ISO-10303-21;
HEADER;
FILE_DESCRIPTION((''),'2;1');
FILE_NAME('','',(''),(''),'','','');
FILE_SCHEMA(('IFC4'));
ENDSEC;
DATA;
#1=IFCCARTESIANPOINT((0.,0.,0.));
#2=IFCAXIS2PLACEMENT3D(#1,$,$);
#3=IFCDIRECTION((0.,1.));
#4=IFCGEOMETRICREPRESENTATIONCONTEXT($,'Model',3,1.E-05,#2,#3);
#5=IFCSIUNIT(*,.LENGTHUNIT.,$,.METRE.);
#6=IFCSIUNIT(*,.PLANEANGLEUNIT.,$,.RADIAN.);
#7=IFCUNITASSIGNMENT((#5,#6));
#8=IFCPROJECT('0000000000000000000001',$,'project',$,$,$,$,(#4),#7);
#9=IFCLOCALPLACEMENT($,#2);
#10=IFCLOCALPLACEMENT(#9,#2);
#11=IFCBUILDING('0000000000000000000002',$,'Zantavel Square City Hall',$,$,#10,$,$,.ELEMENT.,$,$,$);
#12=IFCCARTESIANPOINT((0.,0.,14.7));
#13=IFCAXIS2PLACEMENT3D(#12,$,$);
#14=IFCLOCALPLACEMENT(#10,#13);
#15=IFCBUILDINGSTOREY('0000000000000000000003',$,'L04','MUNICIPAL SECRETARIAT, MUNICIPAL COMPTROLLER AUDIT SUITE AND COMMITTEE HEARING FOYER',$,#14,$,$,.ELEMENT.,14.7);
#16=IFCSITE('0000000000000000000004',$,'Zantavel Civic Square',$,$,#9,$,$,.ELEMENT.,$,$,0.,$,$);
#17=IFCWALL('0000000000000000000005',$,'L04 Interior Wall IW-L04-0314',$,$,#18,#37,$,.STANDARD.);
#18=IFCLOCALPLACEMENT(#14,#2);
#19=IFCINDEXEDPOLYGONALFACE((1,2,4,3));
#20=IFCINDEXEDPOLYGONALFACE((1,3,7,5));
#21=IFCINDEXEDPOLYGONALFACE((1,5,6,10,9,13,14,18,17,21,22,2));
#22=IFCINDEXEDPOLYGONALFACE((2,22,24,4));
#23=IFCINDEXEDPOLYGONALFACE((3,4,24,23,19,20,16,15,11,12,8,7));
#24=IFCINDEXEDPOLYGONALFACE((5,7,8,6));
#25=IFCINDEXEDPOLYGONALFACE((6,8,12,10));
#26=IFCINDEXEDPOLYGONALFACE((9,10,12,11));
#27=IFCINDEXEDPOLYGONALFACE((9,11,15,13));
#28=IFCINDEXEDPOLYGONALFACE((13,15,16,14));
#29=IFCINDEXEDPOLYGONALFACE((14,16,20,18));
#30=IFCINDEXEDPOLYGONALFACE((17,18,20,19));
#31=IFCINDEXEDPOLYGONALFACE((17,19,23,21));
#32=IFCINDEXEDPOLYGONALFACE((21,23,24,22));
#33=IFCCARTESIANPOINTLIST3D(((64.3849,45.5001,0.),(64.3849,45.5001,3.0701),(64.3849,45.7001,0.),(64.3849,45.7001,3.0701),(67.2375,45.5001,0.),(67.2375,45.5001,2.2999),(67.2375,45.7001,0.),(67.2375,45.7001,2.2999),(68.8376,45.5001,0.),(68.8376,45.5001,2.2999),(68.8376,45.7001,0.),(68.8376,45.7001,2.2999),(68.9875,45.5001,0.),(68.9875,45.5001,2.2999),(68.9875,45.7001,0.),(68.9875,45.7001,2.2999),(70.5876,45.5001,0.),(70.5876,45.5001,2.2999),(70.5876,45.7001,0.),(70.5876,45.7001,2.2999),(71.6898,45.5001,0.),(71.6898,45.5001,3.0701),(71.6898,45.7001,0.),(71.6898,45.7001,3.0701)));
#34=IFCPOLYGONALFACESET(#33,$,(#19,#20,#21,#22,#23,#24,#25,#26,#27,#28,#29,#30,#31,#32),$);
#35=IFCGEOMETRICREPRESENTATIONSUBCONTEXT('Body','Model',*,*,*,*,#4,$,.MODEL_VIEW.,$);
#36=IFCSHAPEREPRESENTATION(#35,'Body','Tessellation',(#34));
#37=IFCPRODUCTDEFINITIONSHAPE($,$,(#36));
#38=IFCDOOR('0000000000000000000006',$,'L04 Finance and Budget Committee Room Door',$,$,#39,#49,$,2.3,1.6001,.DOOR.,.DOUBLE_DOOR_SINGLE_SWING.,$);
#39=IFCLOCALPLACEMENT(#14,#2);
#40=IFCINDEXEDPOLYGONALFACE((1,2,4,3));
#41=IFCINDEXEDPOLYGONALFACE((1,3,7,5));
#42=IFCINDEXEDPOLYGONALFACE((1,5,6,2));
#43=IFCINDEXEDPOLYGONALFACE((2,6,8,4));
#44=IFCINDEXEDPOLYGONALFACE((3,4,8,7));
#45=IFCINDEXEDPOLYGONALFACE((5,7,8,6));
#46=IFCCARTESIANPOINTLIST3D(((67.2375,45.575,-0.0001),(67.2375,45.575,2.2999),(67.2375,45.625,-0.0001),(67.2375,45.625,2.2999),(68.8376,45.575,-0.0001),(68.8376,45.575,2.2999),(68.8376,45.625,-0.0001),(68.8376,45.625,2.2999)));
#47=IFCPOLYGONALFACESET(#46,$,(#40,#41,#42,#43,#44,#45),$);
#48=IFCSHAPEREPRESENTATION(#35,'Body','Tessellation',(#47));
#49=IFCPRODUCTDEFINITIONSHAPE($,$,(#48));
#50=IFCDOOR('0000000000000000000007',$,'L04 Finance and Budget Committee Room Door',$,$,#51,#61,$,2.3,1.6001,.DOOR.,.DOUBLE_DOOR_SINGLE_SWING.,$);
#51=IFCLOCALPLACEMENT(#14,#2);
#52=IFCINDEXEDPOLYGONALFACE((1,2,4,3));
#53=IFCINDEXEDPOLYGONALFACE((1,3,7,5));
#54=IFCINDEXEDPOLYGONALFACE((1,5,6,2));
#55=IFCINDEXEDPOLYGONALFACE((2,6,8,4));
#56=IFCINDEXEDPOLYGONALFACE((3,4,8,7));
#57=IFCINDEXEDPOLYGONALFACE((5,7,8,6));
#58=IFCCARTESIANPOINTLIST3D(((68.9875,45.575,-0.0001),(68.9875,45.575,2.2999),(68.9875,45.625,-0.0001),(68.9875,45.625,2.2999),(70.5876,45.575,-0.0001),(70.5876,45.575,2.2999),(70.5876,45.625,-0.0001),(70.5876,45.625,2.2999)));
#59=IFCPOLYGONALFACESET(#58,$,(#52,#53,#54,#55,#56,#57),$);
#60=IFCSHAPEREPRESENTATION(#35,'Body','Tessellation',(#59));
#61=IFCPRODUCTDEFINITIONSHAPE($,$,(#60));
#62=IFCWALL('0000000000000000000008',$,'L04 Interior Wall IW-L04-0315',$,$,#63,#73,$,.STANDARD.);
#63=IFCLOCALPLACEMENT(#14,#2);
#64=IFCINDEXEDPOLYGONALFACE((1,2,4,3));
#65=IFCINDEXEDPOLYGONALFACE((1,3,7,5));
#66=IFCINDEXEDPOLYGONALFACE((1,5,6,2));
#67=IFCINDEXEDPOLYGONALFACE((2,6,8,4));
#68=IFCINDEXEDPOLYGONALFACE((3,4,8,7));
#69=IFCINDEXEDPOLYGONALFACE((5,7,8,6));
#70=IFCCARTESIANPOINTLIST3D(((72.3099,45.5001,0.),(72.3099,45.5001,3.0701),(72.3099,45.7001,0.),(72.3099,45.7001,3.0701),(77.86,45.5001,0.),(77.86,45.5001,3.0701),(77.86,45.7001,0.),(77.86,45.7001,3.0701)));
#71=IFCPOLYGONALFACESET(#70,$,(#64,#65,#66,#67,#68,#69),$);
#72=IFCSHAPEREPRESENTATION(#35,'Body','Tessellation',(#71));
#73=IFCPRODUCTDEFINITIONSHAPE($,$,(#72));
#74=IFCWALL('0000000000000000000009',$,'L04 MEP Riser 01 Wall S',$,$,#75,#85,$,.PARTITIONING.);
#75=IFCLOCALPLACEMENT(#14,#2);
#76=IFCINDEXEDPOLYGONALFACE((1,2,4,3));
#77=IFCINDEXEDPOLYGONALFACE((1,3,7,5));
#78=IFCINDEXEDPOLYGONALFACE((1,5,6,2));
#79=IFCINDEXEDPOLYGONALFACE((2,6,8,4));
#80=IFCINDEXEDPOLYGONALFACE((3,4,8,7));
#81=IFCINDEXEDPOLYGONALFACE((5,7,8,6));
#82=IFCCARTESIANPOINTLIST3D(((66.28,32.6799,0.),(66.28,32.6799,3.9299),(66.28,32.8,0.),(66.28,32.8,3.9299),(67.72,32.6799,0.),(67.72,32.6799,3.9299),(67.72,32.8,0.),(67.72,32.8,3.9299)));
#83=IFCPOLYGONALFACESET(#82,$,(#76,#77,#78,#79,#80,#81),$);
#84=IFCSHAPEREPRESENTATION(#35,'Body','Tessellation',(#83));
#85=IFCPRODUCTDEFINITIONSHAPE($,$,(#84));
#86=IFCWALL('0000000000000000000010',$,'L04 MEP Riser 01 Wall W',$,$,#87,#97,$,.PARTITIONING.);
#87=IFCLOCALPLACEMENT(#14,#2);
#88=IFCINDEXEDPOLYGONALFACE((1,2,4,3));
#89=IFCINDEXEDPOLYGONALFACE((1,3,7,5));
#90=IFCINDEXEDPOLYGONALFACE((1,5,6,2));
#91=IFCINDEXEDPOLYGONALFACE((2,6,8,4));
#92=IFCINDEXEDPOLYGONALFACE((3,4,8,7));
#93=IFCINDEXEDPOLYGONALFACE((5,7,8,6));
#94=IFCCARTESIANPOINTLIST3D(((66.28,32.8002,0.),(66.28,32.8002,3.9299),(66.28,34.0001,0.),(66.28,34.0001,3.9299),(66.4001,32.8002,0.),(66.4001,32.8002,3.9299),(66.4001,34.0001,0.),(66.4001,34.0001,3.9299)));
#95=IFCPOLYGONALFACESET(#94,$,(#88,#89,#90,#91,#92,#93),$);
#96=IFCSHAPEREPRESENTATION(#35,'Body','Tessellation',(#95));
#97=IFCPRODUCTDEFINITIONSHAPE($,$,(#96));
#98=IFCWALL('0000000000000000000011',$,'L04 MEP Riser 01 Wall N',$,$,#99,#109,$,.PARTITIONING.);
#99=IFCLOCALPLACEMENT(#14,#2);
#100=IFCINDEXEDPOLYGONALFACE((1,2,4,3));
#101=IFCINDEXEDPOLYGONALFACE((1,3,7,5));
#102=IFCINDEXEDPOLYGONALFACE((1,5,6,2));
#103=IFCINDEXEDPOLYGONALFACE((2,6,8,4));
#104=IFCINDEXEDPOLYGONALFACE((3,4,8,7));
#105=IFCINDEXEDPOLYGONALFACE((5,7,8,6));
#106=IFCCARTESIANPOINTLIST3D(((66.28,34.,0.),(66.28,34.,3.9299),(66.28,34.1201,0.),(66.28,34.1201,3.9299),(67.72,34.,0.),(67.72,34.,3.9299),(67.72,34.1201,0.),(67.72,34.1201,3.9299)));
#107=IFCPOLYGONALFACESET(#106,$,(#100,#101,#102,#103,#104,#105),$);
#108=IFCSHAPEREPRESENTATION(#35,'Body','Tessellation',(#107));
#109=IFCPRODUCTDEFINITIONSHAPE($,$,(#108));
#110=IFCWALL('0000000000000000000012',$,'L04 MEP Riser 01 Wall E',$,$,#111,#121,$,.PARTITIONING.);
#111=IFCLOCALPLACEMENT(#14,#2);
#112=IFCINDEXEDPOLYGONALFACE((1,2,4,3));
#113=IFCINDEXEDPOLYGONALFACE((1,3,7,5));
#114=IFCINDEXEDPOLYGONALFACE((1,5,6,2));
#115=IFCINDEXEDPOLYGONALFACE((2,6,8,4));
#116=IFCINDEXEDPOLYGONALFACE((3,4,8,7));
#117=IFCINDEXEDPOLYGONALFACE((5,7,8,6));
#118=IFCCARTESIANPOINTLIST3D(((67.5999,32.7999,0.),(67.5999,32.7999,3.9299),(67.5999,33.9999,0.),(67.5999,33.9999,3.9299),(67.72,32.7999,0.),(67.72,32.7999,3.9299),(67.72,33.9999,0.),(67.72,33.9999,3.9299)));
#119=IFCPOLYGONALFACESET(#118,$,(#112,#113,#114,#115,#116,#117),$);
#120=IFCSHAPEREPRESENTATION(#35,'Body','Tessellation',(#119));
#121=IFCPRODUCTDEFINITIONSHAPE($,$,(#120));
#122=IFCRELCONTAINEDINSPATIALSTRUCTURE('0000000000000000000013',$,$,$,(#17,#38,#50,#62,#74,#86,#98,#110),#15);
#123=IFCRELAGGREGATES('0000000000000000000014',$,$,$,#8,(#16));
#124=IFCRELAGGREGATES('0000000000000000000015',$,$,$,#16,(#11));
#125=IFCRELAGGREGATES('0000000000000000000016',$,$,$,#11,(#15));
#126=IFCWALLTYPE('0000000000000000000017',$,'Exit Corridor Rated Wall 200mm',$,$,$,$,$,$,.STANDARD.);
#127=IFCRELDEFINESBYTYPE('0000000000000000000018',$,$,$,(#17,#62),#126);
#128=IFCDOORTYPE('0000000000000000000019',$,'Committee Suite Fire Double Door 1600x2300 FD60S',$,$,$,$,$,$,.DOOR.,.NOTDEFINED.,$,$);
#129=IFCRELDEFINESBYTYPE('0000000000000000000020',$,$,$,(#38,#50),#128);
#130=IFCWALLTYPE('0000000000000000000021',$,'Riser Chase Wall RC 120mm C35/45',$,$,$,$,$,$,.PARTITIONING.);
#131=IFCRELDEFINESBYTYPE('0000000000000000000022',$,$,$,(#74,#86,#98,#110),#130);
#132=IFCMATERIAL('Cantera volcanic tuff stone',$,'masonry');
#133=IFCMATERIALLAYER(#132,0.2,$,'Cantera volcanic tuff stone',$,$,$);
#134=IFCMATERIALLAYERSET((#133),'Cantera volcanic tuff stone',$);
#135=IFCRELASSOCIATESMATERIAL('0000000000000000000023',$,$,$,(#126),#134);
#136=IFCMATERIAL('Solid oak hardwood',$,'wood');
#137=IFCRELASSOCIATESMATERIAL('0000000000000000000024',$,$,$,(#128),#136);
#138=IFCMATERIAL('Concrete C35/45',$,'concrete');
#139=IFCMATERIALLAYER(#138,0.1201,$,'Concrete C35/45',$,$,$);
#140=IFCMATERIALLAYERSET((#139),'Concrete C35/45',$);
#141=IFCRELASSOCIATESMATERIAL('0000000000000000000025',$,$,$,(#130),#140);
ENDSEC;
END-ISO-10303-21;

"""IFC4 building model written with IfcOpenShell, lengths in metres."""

from ifc_helpers import new_model, si_unit, direction, frame, frame_2d, origin, place, context, subcontext, project, spatial, rectangle, extrude, material, layer, layer_set, type_object, element, fill, save


model = new_model("IFC4")

# Units and contexts
model_context = context("Model", 3, precision=1e-05, world=origin(), true_north=direction((0.0, 1.0)))
body_context = subcontext(model_context, "Body", "Model", "MODEL_VIEW")
ifc_project = project(units=[si_unit("LENGTHUNIT", "METRE"), si_unit("PLANEANGLEUNIT", "RADIAN")], contexts=[model_context])

# Site, building, storey
site_placement = place(None, origin())
site = spatial("IfcSite", under=ifc_project, at=site_placement, Name="Zantavel Civic Square", CompositionType="ELEMENT", RefElevation=0.0)
building_placement = place(site_placement, origin())
building = spatial("IfcBuilding", under=site, at=building_placement, Name="Zantavel Square City Hall", CompositionType="ELEMENT")
storey_placement = place(building_placement, frame((0.0, 0.0, 14.7)))
storey = spatial("IfcBuildingStorey", under=building, at=storey_placement, Name="L04", Description="MUNICIPAL SECRETARIAT, MUNICIPAL COMPTROLLER AUDIT SUITE AND COMMITTEE HEARING FOYER", CompositionType="ELEMENT", Elevation=14.7)

# Shared definitions
ifc_material_1 = material(Name="Concrete C35/45", Category="concrete")

# Wall, openings, doors
ifc_material_2 = material(Name="Cantera volcanic tuff stone", Category="masonry")
ifc_layer_1 = layer(ifc_material_2, 0.2, Name="Cantera volcanic tuff stone")
ifc_layer_set_1 = layer_set([ifc_layer_1], Name="Cantera volcanic tuff stone")
wall_type_1 = type_object("IfcWallType", Name="Exit Corridor Rated Wall 200mm", PredefinedType="STANDARD", material=ifc_layer_set_1)
wall_1_placement = place(storey_placement, frame((64.385, 45.6001, 0.0), z_axis=(0.0, 0.0, 1.0), x_axis=(1.0, 0.0, 0.0)))
wall_1 = element("IfcWall", 1, at=wall_1_placement, inside=storey, type_object=wall_type_1, Name="L04 Interior Wall IW-L04-0314", PredefinedType="STANDARD", context=body_context, shape_type="SweptSolid", body=[
    extrude(rectangle(XDim=7.3049, YDim=0.2, at=frame_2d((3.6523, 0.0))), origin(), (0.0, 0.0, 1.0), 3.0701),
])
opening_1_placement = place(wall_1_placement, frame((2.8525, 0.0, 0.0)))
opening_1 = element("IfcOpeningElement", 2, at=opening_1_placement, cuts=wall_1, PredefinedType="OPENING", context=body_context, shape_type="SweptSolid", body=[
    extrude(rectangle(XDim=1.6001, YDim=2.3, at=frame_2d((0.8, 1.1499))), frame((0.0, 0.1099, 0.0), z_axis=(0.0, -1.0, 0.0), x_axis=(1.0, 0.0, 0.0)), (0.0, 0.0, 1.0), 0.22),
])
opening_2_placement = place(wall_1_placement, frame((4.6025, 0.0, 0.0)))
opening_2 = element("IfcOpeningElement", 3, at=opening_2_placement, cuts=wall_1, PredefinedType="OPENING", context=body_context, shape_type="SweptSolid", body=[
    extrude(rectangle(XDim=1.6001, YDim=2.3, at=frame_2d((0.8, 1.1499))), frame((0.0, 0.1099, 0.0), z_axis=(0.0, -1.0, 0.0), x_axis=(1.0, 0.0, 0.0)), (0.0, 0.0, 1.0), 0.22),
])
ifc_material_3 = material(Name="Solid oak hardwood", Category="wood")
door_type = type_object("IfcDoorType", Name="Committee Suite Fire Double Door 1600x2300 FD60S", OperationType="NOTDEFINED", PredefinedType="DOOR", material=ifc_material_3)
door_1_placement = place(opening_1_placement, origin())
door_1 = element("IfcDoor", 4, at=door_1_placement, inside=storey, type_object=door_type, Name="L04 Finance and Budget Committee Room Door", OperationType="DOUBLE_DOOR_SINGLE_SWING", OverallHeight=2.3, OverallWidth=1.6001, PredefinedType="DOOR", context=body_context, shape_type="SweptSolid", body=[
    extrude(rectangle(XDim=1.6001, YDim=2.3, at=frame_2d((0.8, 1.1499))), frame((0.0, 0.0249, 0.0), z_axis=(0.0, -1.0, 0.0), x_axis=(1.0, 0.0, 0.0)), (0.0, 0.0, 1.0), 0.05),
])
fill(opening_1, door_1)
door_2_placement = place(opening_2_placement, origin())
door_2 = element("IfcDoor", 5, at=door_2_placement, inside=storey, type_object=door_type, Name="L04 Finance and Budget Committee Room Door", OperationType="DOUBLE_DOOR_SINGLE_SWING", OverallHeight=2.3, OverallWidth=1.6001, PredefinedType="DOOR", context=body_context, shape_type="SweptSolid", body=[
    extrude(rectangle(XDim=1.6001, YDim=2.3, at=frame_2d((0.8, 1.1499))), frame((0.0, 0.0249, 0.0), z_axis=(0.0, -1.0, 0.0), x_axis=(1.0, 0.0, 0.0)), (0.0, 0.0, 1.0), 0.05),
])
fill(opening_2, door_2)

# Walls
wall_2_placement = place(storey_placement, frame((72.3101, 45.6001, 0.0), z_axis=(0.0, 0.0, 1.0), x_axis=(1.0, 0.0, 0.0)))
element("IfcWall", 6, at=wall_2_placement, inside=storey, type_object=wall_type_1, Name="L04 Interior Wall IW-L04-0315", PredefinedType="STANDARD", context=body_context, shape_type="SweptSolid", body=[
    extrude(rectangle(XDim=5.55, YDim=0.2, at=frame_2d((2.7749, 0.0))), origin(), (0.0, 0.0, 1.0), 3.0701),
])
ifc_layer_2 = layer(ifc_material_1, 0.1201, Name="Concrete C35/45")
ifc_layer_set_2 = layer_set([ifc_layer_2], Name="Concrete C35/45")
wall_type_2 = type_object("IfcWallType", Name="Riser Chase Wall RC 120mm C35/45", PredefinedType="PARTITIONING", material=ifc_layer_set_2)
wall_3_placement = place(storey_placement, frame((67.72, 32.74, 0.0), z_axis=(0.0, 0.0, 1.0), x_axis=(-1.0, 0.0, 0.0)))
element("IfcWall", 7, at=wall_3_placement, inside=storey, type_object=wall_type_2, Name="L04 MEP Riser 01 Wall S", PredefinedType="PARTITIONING", context=body_context, shape_type="SweptSolid", body=[
    extrude(rectangle(XDim=1.4399, YDim=0.1201, at=frame_2d((0.72, 0.0))), origin(), (0.0, 0.0, 1.0), 3.9299),
])
wall_4_placement = place(storey_placement, frame((66.3401, 32.8, 0.0), z_axis=(0.0, 0.0, 1.0), x_axis=(0.0, 1.0, 0.0)))
element("IfcWall", 8, at=wall_4_placement, inside=storey, type_object=wall_type_2, Name="L04 MEP Riser 01 Wall W", PredefinedType="PARTITIONING", context=body_context, shape_type="SweptSolid", body=[
    extrude(rectangle(XDim=1.2, YDim=0.1201, at=frame_2d((0.6001, 0.0))), origin(), (0.0, 0.0, 1.0), 3.9299),
])
wall_5_placement = place(storey_placement, frame((66.28, 34.0601, 0.0), z_axis=(0.0, 0.0, 1.0), x_axis=(1.0, 0.0, 0.0)))
element("IfcWall", 9, at=wall_5_placement, inside=storey, type_object=wall_type_2, Name="L04 MEP Riser 01 Wall N", PredefinedType="PARTITIONING", context=body_context, shape_type="SweptSolid", body=[
    extrude(rectangle(XDim=1.4399, YDim=0.1201, at=frame_2d((0.72, 0.0))), origin(), (0.0, 0.0, 1.0), 3.9299),
])
wall_6_placement = place(storey_placement, frame((67.6599, 34.0, 0.0), z_axis=(0.0, 0.0, 1.0), x_axis=(0.0, -1.0, 0.0)))
element("IfcWall", 10, at=wall_6_placement, inside=storey, type_object=wall_type_2, Name="L04 MEP Riser 01 Wall E", PredefinedType="PARTITIONING", context=body_context, shape_type="SweptSolid", body=[
    extrude(rectangle(XDim=1.2, YDim=0.1201, at=frame_2d((0.6001, 0.0))), origin(), (0.0, 0.0, 1.0), 3.9299),
])

save(model, "model.ifc")
